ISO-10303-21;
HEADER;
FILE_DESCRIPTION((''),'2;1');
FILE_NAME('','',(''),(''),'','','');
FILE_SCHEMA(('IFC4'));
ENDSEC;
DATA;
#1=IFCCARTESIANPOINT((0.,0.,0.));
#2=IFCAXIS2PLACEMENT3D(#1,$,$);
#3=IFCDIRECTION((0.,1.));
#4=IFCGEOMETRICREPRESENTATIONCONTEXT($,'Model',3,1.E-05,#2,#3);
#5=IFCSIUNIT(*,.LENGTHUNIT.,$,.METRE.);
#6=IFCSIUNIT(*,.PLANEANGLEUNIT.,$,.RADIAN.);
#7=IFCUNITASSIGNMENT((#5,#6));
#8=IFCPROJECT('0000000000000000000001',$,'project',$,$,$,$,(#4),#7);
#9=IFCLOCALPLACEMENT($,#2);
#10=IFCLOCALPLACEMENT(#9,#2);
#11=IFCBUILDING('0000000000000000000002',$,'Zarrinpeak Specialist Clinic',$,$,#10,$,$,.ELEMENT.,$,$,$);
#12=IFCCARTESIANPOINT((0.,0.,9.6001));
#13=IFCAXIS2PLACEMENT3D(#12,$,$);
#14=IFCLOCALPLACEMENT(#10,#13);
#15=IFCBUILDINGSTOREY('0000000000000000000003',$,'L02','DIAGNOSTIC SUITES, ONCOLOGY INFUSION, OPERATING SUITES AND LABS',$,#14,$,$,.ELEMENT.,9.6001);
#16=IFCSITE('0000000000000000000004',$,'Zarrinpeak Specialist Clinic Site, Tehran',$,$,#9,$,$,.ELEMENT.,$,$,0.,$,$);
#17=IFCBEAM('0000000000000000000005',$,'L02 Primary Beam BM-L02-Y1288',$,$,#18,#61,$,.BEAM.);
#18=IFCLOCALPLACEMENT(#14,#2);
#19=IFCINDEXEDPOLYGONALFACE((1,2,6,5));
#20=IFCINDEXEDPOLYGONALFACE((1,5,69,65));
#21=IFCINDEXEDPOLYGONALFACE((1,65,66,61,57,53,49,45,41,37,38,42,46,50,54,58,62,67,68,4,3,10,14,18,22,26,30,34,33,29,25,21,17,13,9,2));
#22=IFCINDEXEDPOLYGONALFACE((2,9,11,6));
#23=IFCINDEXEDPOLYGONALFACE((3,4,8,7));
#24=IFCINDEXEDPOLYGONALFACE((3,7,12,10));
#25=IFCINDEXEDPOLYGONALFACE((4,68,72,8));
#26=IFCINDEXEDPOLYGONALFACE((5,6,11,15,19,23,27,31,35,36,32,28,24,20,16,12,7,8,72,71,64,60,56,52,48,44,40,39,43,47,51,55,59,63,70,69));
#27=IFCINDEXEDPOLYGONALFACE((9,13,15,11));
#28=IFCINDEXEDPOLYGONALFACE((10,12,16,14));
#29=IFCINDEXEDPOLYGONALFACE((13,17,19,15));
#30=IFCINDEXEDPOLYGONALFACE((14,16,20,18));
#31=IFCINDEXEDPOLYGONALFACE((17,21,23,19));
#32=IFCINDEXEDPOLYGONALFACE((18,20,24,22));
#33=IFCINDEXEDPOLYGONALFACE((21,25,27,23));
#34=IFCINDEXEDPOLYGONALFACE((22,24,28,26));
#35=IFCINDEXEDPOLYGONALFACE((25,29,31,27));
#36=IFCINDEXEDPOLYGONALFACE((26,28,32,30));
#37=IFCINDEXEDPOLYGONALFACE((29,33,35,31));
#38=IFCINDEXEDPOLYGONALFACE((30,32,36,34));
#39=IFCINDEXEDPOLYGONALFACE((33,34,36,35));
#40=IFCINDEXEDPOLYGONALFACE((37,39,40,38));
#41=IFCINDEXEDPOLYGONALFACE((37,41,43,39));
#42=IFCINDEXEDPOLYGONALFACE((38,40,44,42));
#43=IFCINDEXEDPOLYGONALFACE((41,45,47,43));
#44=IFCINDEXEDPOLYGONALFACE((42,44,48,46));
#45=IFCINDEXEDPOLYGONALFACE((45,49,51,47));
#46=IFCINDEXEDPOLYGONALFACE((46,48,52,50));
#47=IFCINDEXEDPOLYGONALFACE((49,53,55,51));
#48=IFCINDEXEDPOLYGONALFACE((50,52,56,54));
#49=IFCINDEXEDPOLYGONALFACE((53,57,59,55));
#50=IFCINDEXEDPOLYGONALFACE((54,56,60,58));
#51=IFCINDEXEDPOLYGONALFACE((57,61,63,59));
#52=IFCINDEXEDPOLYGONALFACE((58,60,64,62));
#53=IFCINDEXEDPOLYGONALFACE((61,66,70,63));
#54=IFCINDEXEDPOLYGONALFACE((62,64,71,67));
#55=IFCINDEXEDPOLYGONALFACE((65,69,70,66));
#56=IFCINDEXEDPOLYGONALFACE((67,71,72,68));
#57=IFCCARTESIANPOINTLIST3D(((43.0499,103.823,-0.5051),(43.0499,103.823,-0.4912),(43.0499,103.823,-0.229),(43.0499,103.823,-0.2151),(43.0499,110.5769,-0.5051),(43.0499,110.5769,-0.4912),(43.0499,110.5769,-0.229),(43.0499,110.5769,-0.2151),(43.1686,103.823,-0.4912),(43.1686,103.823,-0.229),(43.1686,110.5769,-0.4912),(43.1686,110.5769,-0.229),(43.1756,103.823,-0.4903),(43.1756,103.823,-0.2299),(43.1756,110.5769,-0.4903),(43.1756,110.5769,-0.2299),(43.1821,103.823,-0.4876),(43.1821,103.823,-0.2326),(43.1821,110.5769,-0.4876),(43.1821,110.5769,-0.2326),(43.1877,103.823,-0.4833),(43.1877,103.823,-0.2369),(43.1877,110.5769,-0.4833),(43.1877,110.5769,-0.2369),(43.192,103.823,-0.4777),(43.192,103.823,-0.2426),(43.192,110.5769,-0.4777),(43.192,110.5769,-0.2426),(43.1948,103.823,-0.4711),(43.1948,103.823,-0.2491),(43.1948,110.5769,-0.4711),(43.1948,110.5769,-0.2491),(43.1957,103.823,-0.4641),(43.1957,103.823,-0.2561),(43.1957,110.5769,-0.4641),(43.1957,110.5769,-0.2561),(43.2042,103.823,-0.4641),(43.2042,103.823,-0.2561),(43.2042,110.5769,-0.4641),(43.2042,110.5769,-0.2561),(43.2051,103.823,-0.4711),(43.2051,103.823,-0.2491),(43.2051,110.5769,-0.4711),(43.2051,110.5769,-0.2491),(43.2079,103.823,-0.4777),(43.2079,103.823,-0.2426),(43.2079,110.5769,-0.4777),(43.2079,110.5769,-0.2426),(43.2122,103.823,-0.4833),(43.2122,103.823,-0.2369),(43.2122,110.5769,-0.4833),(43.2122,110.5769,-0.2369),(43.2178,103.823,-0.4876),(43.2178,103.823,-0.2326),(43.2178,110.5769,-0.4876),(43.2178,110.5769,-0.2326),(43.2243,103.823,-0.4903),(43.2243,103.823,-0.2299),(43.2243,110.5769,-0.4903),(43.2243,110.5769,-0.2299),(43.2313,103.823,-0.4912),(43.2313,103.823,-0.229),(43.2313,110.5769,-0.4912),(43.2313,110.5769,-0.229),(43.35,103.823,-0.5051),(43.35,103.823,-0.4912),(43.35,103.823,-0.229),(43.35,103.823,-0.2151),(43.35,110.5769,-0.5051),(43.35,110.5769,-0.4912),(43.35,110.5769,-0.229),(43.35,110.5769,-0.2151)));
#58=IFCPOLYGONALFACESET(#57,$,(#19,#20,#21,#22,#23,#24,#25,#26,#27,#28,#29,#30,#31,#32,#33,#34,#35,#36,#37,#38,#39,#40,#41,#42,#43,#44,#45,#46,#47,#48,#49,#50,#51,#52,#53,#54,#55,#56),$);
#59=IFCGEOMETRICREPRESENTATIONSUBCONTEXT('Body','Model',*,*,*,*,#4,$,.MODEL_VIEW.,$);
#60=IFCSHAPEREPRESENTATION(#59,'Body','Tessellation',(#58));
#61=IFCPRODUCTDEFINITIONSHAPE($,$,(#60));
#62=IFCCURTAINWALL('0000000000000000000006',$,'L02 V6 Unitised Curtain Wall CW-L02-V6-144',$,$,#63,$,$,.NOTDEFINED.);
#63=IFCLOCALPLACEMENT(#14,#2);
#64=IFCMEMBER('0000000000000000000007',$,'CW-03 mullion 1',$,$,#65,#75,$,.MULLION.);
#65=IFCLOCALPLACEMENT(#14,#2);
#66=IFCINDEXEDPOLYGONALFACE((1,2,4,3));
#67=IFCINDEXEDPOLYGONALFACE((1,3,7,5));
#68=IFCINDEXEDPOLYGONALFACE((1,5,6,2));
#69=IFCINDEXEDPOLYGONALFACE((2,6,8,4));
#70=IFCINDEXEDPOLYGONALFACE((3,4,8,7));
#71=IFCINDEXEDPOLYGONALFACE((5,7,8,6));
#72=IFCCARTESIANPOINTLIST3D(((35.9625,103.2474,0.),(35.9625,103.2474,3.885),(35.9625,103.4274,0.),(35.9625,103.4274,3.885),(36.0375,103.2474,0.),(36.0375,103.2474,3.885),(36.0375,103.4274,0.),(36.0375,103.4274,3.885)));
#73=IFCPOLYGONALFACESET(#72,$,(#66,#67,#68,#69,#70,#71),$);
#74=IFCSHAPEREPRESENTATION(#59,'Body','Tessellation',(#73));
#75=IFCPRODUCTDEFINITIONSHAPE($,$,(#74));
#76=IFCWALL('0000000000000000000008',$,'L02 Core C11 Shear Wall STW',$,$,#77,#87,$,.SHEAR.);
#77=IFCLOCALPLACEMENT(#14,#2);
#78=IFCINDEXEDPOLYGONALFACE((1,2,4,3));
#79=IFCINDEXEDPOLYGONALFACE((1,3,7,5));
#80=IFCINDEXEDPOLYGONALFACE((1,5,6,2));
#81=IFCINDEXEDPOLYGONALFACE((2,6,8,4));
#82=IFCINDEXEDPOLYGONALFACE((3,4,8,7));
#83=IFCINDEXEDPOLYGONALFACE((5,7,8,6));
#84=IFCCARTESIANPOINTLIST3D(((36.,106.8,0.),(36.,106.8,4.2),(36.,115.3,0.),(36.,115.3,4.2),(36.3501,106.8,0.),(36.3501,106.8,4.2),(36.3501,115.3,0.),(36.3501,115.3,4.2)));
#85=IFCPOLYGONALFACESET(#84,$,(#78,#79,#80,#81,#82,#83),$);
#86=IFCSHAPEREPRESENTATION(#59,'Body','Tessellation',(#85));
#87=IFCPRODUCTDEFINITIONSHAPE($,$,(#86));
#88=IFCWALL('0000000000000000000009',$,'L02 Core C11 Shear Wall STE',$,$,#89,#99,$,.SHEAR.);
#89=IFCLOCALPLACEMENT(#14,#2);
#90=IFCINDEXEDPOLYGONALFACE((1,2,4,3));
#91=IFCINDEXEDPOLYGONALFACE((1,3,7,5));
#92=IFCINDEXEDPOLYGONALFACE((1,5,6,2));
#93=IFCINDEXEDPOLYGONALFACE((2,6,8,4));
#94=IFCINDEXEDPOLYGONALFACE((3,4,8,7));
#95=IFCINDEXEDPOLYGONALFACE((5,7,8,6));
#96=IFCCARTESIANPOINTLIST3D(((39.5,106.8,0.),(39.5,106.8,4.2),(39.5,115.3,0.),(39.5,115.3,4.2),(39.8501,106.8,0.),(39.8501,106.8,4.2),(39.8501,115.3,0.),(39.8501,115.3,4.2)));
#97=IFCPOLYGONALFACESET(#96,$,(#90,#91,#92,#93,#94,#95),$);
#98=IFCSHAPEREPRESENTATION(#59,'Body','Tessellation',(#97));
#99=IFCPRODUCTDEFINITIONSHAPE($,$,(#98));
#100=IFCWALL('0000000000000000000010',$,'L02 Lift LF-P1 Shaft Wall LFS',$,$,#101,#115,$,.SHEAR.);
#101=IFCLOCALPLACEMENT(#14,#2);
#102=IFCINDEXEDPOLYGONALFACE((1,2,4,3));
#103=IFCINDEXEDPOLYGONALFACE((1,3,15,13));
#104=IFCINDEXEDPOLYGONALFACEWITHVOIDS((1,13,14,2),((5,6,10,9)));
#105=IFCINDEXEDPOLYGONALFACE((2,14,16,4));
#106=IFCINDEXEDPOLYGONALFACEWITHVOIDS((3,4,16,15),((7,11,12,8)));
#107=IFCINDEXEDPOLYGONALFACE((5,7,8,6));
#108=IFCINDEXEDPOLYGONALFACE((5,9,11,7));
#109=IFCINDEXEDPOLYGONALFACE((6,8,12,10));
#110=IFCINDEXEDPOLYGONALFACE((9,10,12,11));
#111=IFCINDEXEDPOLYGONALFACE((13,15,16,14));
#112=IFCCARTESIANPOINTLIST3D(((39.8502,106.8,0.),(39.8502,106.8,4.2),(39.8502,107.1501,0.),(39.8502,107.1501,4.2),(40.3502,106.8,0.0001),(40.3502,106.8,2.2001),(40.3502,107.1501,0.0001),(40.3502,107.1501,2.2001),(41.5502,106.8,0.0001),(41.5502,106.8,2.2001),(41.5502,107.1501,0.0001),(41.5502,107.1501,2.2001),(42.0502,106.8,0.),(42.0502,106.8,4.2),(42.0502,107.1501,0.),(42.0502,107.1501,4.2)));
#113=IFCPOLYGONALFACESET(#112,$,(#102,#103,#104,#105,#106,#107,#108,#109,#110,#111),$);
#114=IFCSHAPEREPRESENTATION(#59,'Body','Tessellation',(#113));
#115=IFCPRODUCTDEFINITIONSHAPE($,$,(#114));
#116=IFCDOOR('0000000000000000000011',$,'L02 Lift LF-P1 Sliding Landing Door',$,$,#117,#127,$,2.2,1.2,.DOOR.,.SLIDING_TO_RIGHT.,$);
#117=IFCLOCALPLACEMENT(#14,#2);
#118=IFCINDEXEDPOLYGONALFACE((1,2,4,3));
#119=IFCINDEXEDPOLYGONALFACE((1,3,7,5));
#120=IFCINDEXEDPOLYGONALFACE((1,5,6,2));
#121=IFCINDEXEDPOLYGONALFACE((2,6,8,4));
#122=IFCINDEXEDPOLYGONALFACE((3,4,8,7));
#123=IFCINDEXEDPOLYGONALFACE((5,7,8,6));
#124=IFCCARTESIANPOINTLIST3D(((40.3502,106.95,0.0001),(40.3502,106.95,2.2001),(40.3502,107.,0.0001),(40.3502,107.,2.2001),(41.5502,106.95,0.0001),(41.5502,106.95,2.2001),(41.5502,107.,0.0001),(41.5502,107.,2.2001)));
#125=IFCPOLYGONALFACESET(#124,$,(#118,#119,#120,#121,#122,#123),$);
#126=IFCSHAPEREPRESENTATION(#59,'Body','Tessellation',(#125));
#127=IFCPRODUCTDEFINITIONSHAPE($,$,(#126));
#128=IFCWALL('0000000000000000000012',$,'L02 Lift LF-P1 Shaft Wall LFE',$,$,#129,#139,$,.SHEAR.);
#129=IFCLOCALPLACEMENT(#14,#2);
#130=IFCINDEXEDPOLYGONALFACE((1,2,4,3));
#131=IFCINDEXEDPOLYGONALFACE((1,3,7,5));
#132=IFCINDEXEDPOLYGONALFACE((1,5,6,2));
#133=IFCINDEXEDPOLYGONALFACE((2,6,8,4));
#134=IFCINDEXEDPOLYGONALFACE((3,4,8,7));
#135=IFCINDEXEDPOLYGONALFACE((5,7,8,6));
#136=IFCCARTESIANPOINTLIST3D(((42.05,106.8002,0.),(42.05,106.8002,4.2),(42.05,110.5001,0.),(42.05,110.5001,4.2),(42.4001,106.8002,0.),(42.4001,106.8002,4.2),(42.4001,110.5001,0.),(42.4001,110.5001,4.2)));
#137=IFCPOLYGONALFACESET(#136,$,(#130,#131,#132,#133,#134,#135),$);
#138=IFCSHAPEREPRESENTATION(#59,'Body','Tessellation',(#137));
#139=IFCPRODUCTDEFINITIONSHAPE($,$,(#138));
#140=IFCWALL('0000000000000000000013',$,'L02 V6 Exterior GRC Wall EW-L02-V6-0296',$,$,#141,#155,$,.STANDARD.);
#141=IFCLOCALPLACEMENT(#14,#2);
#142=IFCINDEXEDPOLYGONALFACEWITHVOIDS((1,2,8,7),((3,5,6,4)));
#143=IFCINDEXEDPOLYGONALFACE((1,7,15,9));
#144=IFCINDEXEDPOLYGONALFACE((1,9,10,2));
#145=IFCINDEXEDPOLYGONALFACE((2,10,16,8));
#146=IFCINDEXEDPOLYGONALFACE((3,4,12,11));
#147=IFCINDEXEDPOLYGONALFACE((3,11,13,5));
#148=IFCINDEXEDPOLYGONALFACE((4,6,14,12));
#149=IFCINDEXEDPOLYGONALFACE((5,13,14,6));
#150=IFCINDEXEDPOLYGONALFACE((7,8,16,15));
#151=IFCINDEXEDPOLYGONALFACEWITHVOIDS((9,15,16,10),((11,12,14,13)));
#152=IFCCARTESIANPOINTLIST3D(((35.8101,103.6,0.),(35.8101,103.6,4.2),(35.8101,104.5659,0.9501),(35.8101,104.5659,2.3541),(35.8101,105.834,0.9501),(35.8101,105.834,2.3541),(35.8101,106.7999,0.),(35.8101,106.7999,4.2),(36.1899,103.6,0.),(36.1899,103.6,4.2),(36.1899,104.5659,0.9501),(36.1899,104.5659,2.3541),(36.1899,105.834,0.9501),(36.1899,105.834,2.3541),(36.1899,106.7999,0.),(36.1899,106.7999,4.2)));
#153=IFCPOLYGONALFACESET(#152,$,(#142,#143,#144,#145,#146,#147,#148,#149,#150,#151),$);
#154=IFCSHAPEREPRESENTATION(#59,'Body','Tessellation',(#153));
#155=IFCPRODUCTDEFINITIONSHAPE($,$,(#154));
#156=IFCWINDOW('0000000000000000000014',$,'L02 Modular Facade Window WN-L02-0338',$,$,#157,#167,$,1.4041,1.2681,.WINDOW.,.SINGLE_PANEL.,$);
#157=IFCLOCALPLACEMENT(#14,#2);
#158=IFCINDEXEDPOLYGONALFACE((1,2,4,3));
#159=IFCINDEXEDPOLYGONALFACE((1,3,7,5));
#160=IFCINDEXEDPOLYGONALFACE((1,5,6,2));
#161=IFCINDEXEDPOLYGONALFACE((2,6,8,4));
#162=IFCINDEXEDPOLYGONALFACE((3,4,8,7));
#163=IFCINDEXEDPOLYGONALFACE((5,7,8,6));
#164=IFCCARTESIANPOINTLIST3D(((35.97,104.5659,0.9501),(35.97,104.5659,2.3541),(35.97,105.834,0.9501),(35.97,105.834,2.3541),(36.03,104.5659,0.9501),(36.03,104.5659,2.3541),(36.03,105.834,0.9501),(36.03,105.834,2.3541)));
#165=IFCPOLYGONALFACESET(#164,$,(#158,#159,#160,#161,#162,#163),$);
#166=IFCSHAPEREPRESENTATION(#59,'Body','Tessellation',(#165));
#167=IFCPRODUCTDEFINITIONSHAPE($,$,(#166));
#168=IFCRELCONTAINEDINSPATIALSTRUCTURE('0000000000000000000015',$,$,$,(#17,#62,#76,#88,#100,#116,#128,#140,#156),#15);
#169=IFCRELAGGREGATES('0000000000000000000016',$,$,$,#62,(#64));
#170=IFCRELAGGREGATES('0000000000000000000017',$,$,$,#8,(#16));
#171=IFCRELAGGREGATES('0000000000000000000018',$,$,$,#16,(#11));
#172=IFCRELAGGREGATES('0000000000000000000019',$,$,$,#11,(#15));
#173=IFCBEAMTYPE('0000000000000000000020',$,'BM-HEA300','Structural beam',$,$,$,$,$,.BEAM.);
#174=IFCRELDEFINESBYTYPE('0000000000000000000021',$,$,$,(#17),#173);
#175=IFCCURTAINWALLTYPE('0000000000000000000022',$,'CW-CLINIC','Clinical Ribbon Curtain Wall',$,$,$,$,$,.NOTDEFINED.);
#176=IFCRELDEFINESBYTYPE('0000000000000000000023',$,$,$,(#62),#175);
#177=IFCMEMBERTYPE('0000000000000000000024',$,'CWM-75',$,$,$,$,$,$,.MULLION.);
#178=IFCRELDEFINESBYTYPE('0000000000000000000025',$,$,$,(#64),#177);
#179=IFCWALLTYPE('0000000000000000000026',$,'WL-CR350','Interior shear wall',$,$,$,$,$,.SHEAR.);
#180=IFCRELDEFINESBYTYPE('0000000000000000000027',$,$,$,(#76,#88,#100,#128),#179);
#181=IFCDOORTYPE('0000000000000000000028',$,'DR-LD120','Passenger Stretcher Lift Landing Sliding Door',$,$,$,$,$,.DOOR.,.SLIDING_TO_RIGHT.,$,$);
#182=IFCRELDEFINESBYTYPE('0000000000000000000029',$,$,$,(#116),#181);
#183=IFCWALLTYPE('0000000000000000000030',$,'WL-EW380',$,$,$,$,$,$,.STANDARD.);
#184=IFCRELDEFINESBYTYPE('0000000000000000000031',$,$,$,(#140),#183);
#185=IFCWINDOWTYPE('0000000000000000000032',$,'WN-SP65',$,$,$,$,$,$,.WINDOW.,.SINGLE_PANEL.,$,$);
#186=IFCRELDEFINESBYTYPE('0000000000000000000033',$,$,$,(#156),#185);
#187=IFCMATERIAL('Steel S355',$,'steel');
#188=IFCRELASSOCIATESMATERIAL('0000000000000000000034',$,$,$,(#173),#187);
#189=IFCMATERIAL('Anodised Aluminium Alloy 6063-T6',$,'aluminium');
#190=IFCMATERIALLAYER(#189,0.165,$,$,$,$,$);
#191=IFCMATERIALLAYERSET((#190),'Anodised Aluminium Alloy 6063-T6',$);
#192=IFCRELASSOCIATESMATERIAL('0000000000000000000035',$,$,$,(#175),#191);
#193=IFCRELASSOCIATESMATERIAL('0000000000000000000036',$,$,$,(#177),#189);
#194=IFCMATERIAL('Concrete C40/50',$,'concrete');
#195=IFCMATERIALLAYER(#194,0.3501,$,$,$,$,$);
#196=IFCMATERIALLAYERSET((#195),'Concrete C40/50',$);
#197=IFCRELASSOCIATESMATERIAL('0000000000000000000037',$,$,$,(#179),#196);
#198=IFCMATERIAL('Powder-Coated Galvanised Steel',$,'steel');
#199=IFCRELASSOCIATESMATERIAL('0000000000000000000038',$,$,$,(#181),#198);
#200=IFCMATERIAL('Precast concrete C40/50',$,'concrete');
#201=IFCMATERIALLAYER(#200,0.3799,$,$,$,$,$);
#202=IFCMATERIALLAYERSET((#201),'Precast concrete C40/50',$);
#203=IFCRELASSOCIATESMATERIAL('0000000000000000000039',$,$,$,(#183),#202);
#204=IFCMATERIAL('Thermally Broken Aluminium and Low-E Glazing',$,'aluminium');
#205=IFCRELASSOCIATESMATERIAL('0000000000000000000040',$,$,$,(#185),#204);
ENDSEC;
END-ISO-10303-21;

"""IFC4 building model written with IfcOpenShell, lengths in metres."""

from ifc_helpers import new_model, si_unit, direction, frame, frame_2d, origin, origin_2d, place, context, subcontext, project, spatial, rectangle, i_section, extrude, material, layer, layer_set, material_profile, profile_set, type_object, element, fill, aggregate, save


model = new_model("IFC4")

# Units and contexts
model_context = context("Model", 3, precision=1e-05, world=origin(), true_north=direction((0.0, 1.0)))
body_context = subcontext(model_context, "Body", "Model", "MODEL_VIEW")
ifc_project = project(units=[si_unit("LENGTHUNIT", "METRE"), si_unit("PLANEANGLEUNIT", "RADIAN")], contexts=[model_context])

# Site, building, storey
site_placement = place(None, origin())
site = spatial("IfcSite", under=ifc_project, at=site_placement, Name="Zarrinpeak Specialist Clinic Site, Tehran", CompositionType="ELEMENT", RefElevation=0.0)
building_placement = place(site_placement, origin())
building = spatial("IfcBuilding", under=site, at=building_placement, Name="Zarrinpeak Specialist Clinic", CompositionType="ELEMENT")
storey_placement = place(building_placement, frame((0.0, 0.0, 9.6001)))
storey = spatial("IfcBuildingStorey", under=building, at=storey_placement, Name="L02", Description="DIAGNOSTIC SUITES, ONCOLOGY INFUSION, OPERATING SUITES AND LABS", CompositionType="ELEMENT", Elevation=9.6001)

# Shared definitions
ifc_material_1 = material(Name="Steel S355", Category="steel")

# Beam
ifc_material_profile_1 = material_profile(ifc_material_1, i_section(OverallWidth=0.3, OverallDepth=0.29, WebThickness=0.0085, FlangeThickness=0.0139, FilletRadius=0.0271, at=origin_2d()), Name="HEA 300")
ifc_profile_set_1 = profile_set([ifc_material_profile_1], Name="Steel S355")
beam_type = type_object("IfcBeamType", Name="BM-HEA300", Description="Structural beam", PredefinedType="BEAM", material=ifc_profile_set_1)
beam_placement = place(storey_placement, frame((43.2, 103.823, -0.3601), z_axis=(0.0, 1.0, 0.0), x_axis=(-1.0, 0.0, 0.0)))
element("IfcBeam", 1, at=beam_placement, inside=storey, type_object=beam_type, Name="L02 Primary Beam BM-L02-Y1288", PredefinedType="BEAM", context=body_context, shape_type="SweptSolid", body=[
    extrude(i_section(OverallWidth=0.3, OverallDepth=0.29, WebThickness=0.0085, FlangeThickness=0.0139, FilletRadius=0.0271, at=origin_2d()), origin(), (0.0, 0.0, 1.0), 6.7539),
])

# Curtain wall, member
ifc_material_2 = material(Name="Anodised Aluminium Alloy 6063-T6", Category="aluminium")
ifc_layer_1 = layer(ifc_material_2, 0.165)
ifc_layer_set_1 = layer_set([ifc_layer_1], Name="Anodised Aluminium Alloy 6063-T6")
curtain_wall_type = type_object("IfcCurtainWallType", Name="CW-CLINIC", Description="Clinical Ribbon Curtain Wall", PredefinedType="NOTDEFINED", material=ifc_layer_set_1)
curtain_wall_placement = place(storey_placement, origin())
curtain_wall = element("IfcCurtainWall", 2, at=curtain_wall_placement, inside=storey, type_object=curtain_wall_type, Name="L02 V6 Unitised Curtain Wall CW-L02-V6-144", PredefinedType="NOTDEFINED")
ifc_material_profile_2 = material_profile(ifc_material_2, rectangle(XDim=0.075, YDim=0.1799, at=origin_2d()), Name="ALU 75x180")
ifc_profile_set_2 = profile_set([ifc_material_profile_2], Name="Anodised Aluminium Alloy 6063-T6")
member_type = type_object("IfcMemberType", Name="CWM-75", PredefinedType="MULLION", material=ifc_profile_set_2)
member_placement = place(storey_placement, frame((36.0, 103.3374, 0.0), z_axis=(0.0, 0.0, 1.0), x_axis=(1.0, 0.0, 0.0)))
member = element("IfcMember", 3, at=member_placement, type_object=member_type, Name="CW-03 mullion 1", PredefinedType="MULLION", context=body_context, shape_type="SweptSolid", body=[
    extrude(rectangle(XDim=0.075, YDim=0.1799, at=origin_2d()), origin(), (0.0, 0.0, 1.0), 3.885),
])
aggregate(curtain_wall, [member])

# Shared definitions
ifc_material_3 = material(Name="Concrete C40/50", Category="concrete")
ifc_layer_2 = layer(ifc_material_3, 0.3501)
ifc_layer_set_2 = layer_set([ifc_layer_2], Name="Concrete C40/50")
wall_type_1 = type_object("IfcWallType", Name="WL-CR350", Description="Interior shear wall", PredefinedType="SHEAR", material=ifc_layer_set_2)
ifc_material_4 = material(Name="Powder-Coated Galvanised Steel", Category="steel")

# Walls
for number, where, z_axis, x_axis, name in (
    (4, (36.175, 106.8, 0.0), (0.0, 0.0, 1.0), (0.0, 1.0, 0.0), "L02 Core C11 Shear Wall STW"),
    (5, (39.675, 106.8, 0.0), (0.0, 0.0, 1.0), (0.0, 1.0, 0.0), "L02 Core C11 Shear Wall STE"),
):
    element("IfcWall", number, at=place(storey_placement, frame(where, z_axis=z_axis, x_axis=x_axis)), inside=storey, type_object=wall_type_1, Name=name, PredefinedType="SHEAR", context=body_context, shape_type="SweptSolid", body=[
        extrude(rectangle(XDim=8.5, YDim=0.3501, at=frame_2d((4.25, 0.0))), origin(), (0.0, 0.0, 1.0), 4.2),
    ])

# Wall, opening, door
wall_1_placement = place(storey_placement, frame((39.8501, 106.9751, 0.0), z_axis=(0.0, 0.0, 1.0), x_axis=(1.0, 0.0, 0.0)))
wall_1 = element("IfcWall", 6, at=wall_1_placement, inside=storey, type_object=wall_type_1, Name="L02 Lift LF-P1 Shaft Wall LFS", PredefinedType="SHEAR", context=body_context, shape_type="SweptSolid", body=[
    extrude(rectangle(XDim=2.2, YDim=0.3501, at=frame_2d((1.1001, 0.0))), origin(), (0.0, 0.0, 1.0), 4.2),
])
opening_1_placement = place(wall_1_placement, frame((0.5, 0.0, 0.0)))
opening_1 = element("IfcOpeningElement", 7, at=opening_1_placement, cuts=wall_1, PredefinedType="OPENING", context=body_context, shape_type="SweptSolid", body=[
    extrude(rectangle(XDim=1.2, YDim=2.2, at=frame_2d((0.6001, 1.1001))), frame((0.0, 0.1851, 0.0), z_axis=(0.0, -1.0, 0.0), x_axis=(1.0, 0.0, 0.0)), (0.0, 0.0, 1.0), 0.3701),
])
door_type_1 = type_object("IfcDoorType", Name="DR-LD120", Description="Passenger Stretcher Lift Landing Sliding Door", OperationType="SLIDING_TO_RIGHT", PredefinedType="DOOR", material=ifc_material_4)
door_1_placement = place(opening_1_placement, origin())
door_1 = element("IfcDoor", 8, at=door_1_placement, inside=storey, type_object=door_type_1, Name="L02 Lift LF-P1 Sliding Landing Door", OperationType="SLIDING_TO_RIGHT", OverallHeight=2.2, OverallWidth=1.2, PredefinedType="DOOR", context=body_context, shape_type="SweptSolid", body=[
    extrude(rectangle(XDim=1.2, YDim=2.2, at=frame_2d((0.6001, 1.1001))), frame((0.0, 0.0249, 0.0), z_axis=(0.0, -1.0, 0.0), x_axis=(1.0, 0.0, 0.0)), (0.0, 0.0, 1.0), 0.05),
])
fill(opening_1, door_1)

# Wall
wall_2_placement = place(storey_placement, frame((42.2251, 106.8, 0.0), z_axis=(0.0, 0.0, 1.0), x_axis=(0.0, 1.0, 0.0)))
element("IfcWall", 9, at=wall_2_placement, inside=storey, type_object=wall_type_1, Name="L02 Lift LF-P1 Shaft Wall LFE", PredefinedType="SHEAR", context=body_context, shape_type="SweptSolid", body=[
    extrude(rectangle(XDim=3.7, YDim=0.3501, at=frame_2d((1.8501, 0.0))), origin(), (0.0, 0.0, 1.0), 4.2),
])

# Wall, opening, window
ifc_material_5 = material(Name="Precast concrete C40/50", Category="concrete")
ifc_layer_3 = layer(ifc_material_5, 0.3799)
ifc_layer_set_3 = layer_set([ifc_layer_3], Name="Precast concrete C40/50")
wall_type_2 = type_object("IfcWallType", Name="WL-EW380", PredefinedType="STANDARD", material=ifc_layer_set_3)
wall_3_placement = place(storey_placement, frame((36.0, 106.8, 0.0), z_axis=(0.0, 0.0, 1.0), x_axis=(0.0, -1.0, 0.0)))
wall_3 = element("IfcWall", 10, at=wall_3_placement, inside=storey, type_object=wall_type_2, Name="L02 V6 Exterior GRC Wall EW-L02-V6-0296", PredefinedType="STANDARD", context=body_context, shape_type="SweptSolid", body=[
    extrude(rectangle(XDim=3.2, YDim=0.3799, at=frame_2d((1.6001, 0.0))), origin(), (0.0, 0.0, 1.0), 4.2),
])
opening_2_placement = place(wall_3_placement, frame((0.9661, 0.0, 0.95)))
opening_2 = element("IfcOpeningElement", 11, at=opening_2_placement, cuts=wall_3, PredefinedType="OPENING", context=body_context, shape_type="SweptSolid", body=[
    extrude(rectangle(XDim=1.2681, YDim=1.4041, at=frame_2d((0.634, 0.7021))), frame((0.0, 0.2, 0.0), z_axis=(0.0, -1.0, 0.0), x_axis=(1.0, 0.0, 0.0)), (0.0, 0.0, 1.0), 0.3999),
])
ifc_material_6 = material(Name="Thermally Broken Aluminium and Low-E Glazing", Category="aluminium")
window_type = type_object("IfcWindowType", Name="WN-SP65", PartitioningType="SINGLE_PANEL", PredefinedType="WINDOW", material=ifc_material_6)
window_placement = place(opening_2_placement, origin())
window = element("IfcWindow", 12, at=window_placement, inside=storey, type_object=window_type, Name="L02 Modular Facade Window WN-L02-0338", OverallHeight=1.4041, OverallWidth=1.2681, PartitioningType="SINGLE_PANEL", PredefinedType="WINDOW", context=body_context, shape_type="SweptSolid", body=[
    extrude(rectangle(XDim=1.2681, YDim=1.4041, at=frame_2d((0.634, 0.7021))), frame((0.0, 0.03, 0.0), z_axis=(0.0, -1.0, 0.0), x_axis=(1.0, 0.0, 0.0)), (0.0, 0.0, 1.0), 0.0601),
])
fill(opening_2, window)

save(model, "model.ifc")
